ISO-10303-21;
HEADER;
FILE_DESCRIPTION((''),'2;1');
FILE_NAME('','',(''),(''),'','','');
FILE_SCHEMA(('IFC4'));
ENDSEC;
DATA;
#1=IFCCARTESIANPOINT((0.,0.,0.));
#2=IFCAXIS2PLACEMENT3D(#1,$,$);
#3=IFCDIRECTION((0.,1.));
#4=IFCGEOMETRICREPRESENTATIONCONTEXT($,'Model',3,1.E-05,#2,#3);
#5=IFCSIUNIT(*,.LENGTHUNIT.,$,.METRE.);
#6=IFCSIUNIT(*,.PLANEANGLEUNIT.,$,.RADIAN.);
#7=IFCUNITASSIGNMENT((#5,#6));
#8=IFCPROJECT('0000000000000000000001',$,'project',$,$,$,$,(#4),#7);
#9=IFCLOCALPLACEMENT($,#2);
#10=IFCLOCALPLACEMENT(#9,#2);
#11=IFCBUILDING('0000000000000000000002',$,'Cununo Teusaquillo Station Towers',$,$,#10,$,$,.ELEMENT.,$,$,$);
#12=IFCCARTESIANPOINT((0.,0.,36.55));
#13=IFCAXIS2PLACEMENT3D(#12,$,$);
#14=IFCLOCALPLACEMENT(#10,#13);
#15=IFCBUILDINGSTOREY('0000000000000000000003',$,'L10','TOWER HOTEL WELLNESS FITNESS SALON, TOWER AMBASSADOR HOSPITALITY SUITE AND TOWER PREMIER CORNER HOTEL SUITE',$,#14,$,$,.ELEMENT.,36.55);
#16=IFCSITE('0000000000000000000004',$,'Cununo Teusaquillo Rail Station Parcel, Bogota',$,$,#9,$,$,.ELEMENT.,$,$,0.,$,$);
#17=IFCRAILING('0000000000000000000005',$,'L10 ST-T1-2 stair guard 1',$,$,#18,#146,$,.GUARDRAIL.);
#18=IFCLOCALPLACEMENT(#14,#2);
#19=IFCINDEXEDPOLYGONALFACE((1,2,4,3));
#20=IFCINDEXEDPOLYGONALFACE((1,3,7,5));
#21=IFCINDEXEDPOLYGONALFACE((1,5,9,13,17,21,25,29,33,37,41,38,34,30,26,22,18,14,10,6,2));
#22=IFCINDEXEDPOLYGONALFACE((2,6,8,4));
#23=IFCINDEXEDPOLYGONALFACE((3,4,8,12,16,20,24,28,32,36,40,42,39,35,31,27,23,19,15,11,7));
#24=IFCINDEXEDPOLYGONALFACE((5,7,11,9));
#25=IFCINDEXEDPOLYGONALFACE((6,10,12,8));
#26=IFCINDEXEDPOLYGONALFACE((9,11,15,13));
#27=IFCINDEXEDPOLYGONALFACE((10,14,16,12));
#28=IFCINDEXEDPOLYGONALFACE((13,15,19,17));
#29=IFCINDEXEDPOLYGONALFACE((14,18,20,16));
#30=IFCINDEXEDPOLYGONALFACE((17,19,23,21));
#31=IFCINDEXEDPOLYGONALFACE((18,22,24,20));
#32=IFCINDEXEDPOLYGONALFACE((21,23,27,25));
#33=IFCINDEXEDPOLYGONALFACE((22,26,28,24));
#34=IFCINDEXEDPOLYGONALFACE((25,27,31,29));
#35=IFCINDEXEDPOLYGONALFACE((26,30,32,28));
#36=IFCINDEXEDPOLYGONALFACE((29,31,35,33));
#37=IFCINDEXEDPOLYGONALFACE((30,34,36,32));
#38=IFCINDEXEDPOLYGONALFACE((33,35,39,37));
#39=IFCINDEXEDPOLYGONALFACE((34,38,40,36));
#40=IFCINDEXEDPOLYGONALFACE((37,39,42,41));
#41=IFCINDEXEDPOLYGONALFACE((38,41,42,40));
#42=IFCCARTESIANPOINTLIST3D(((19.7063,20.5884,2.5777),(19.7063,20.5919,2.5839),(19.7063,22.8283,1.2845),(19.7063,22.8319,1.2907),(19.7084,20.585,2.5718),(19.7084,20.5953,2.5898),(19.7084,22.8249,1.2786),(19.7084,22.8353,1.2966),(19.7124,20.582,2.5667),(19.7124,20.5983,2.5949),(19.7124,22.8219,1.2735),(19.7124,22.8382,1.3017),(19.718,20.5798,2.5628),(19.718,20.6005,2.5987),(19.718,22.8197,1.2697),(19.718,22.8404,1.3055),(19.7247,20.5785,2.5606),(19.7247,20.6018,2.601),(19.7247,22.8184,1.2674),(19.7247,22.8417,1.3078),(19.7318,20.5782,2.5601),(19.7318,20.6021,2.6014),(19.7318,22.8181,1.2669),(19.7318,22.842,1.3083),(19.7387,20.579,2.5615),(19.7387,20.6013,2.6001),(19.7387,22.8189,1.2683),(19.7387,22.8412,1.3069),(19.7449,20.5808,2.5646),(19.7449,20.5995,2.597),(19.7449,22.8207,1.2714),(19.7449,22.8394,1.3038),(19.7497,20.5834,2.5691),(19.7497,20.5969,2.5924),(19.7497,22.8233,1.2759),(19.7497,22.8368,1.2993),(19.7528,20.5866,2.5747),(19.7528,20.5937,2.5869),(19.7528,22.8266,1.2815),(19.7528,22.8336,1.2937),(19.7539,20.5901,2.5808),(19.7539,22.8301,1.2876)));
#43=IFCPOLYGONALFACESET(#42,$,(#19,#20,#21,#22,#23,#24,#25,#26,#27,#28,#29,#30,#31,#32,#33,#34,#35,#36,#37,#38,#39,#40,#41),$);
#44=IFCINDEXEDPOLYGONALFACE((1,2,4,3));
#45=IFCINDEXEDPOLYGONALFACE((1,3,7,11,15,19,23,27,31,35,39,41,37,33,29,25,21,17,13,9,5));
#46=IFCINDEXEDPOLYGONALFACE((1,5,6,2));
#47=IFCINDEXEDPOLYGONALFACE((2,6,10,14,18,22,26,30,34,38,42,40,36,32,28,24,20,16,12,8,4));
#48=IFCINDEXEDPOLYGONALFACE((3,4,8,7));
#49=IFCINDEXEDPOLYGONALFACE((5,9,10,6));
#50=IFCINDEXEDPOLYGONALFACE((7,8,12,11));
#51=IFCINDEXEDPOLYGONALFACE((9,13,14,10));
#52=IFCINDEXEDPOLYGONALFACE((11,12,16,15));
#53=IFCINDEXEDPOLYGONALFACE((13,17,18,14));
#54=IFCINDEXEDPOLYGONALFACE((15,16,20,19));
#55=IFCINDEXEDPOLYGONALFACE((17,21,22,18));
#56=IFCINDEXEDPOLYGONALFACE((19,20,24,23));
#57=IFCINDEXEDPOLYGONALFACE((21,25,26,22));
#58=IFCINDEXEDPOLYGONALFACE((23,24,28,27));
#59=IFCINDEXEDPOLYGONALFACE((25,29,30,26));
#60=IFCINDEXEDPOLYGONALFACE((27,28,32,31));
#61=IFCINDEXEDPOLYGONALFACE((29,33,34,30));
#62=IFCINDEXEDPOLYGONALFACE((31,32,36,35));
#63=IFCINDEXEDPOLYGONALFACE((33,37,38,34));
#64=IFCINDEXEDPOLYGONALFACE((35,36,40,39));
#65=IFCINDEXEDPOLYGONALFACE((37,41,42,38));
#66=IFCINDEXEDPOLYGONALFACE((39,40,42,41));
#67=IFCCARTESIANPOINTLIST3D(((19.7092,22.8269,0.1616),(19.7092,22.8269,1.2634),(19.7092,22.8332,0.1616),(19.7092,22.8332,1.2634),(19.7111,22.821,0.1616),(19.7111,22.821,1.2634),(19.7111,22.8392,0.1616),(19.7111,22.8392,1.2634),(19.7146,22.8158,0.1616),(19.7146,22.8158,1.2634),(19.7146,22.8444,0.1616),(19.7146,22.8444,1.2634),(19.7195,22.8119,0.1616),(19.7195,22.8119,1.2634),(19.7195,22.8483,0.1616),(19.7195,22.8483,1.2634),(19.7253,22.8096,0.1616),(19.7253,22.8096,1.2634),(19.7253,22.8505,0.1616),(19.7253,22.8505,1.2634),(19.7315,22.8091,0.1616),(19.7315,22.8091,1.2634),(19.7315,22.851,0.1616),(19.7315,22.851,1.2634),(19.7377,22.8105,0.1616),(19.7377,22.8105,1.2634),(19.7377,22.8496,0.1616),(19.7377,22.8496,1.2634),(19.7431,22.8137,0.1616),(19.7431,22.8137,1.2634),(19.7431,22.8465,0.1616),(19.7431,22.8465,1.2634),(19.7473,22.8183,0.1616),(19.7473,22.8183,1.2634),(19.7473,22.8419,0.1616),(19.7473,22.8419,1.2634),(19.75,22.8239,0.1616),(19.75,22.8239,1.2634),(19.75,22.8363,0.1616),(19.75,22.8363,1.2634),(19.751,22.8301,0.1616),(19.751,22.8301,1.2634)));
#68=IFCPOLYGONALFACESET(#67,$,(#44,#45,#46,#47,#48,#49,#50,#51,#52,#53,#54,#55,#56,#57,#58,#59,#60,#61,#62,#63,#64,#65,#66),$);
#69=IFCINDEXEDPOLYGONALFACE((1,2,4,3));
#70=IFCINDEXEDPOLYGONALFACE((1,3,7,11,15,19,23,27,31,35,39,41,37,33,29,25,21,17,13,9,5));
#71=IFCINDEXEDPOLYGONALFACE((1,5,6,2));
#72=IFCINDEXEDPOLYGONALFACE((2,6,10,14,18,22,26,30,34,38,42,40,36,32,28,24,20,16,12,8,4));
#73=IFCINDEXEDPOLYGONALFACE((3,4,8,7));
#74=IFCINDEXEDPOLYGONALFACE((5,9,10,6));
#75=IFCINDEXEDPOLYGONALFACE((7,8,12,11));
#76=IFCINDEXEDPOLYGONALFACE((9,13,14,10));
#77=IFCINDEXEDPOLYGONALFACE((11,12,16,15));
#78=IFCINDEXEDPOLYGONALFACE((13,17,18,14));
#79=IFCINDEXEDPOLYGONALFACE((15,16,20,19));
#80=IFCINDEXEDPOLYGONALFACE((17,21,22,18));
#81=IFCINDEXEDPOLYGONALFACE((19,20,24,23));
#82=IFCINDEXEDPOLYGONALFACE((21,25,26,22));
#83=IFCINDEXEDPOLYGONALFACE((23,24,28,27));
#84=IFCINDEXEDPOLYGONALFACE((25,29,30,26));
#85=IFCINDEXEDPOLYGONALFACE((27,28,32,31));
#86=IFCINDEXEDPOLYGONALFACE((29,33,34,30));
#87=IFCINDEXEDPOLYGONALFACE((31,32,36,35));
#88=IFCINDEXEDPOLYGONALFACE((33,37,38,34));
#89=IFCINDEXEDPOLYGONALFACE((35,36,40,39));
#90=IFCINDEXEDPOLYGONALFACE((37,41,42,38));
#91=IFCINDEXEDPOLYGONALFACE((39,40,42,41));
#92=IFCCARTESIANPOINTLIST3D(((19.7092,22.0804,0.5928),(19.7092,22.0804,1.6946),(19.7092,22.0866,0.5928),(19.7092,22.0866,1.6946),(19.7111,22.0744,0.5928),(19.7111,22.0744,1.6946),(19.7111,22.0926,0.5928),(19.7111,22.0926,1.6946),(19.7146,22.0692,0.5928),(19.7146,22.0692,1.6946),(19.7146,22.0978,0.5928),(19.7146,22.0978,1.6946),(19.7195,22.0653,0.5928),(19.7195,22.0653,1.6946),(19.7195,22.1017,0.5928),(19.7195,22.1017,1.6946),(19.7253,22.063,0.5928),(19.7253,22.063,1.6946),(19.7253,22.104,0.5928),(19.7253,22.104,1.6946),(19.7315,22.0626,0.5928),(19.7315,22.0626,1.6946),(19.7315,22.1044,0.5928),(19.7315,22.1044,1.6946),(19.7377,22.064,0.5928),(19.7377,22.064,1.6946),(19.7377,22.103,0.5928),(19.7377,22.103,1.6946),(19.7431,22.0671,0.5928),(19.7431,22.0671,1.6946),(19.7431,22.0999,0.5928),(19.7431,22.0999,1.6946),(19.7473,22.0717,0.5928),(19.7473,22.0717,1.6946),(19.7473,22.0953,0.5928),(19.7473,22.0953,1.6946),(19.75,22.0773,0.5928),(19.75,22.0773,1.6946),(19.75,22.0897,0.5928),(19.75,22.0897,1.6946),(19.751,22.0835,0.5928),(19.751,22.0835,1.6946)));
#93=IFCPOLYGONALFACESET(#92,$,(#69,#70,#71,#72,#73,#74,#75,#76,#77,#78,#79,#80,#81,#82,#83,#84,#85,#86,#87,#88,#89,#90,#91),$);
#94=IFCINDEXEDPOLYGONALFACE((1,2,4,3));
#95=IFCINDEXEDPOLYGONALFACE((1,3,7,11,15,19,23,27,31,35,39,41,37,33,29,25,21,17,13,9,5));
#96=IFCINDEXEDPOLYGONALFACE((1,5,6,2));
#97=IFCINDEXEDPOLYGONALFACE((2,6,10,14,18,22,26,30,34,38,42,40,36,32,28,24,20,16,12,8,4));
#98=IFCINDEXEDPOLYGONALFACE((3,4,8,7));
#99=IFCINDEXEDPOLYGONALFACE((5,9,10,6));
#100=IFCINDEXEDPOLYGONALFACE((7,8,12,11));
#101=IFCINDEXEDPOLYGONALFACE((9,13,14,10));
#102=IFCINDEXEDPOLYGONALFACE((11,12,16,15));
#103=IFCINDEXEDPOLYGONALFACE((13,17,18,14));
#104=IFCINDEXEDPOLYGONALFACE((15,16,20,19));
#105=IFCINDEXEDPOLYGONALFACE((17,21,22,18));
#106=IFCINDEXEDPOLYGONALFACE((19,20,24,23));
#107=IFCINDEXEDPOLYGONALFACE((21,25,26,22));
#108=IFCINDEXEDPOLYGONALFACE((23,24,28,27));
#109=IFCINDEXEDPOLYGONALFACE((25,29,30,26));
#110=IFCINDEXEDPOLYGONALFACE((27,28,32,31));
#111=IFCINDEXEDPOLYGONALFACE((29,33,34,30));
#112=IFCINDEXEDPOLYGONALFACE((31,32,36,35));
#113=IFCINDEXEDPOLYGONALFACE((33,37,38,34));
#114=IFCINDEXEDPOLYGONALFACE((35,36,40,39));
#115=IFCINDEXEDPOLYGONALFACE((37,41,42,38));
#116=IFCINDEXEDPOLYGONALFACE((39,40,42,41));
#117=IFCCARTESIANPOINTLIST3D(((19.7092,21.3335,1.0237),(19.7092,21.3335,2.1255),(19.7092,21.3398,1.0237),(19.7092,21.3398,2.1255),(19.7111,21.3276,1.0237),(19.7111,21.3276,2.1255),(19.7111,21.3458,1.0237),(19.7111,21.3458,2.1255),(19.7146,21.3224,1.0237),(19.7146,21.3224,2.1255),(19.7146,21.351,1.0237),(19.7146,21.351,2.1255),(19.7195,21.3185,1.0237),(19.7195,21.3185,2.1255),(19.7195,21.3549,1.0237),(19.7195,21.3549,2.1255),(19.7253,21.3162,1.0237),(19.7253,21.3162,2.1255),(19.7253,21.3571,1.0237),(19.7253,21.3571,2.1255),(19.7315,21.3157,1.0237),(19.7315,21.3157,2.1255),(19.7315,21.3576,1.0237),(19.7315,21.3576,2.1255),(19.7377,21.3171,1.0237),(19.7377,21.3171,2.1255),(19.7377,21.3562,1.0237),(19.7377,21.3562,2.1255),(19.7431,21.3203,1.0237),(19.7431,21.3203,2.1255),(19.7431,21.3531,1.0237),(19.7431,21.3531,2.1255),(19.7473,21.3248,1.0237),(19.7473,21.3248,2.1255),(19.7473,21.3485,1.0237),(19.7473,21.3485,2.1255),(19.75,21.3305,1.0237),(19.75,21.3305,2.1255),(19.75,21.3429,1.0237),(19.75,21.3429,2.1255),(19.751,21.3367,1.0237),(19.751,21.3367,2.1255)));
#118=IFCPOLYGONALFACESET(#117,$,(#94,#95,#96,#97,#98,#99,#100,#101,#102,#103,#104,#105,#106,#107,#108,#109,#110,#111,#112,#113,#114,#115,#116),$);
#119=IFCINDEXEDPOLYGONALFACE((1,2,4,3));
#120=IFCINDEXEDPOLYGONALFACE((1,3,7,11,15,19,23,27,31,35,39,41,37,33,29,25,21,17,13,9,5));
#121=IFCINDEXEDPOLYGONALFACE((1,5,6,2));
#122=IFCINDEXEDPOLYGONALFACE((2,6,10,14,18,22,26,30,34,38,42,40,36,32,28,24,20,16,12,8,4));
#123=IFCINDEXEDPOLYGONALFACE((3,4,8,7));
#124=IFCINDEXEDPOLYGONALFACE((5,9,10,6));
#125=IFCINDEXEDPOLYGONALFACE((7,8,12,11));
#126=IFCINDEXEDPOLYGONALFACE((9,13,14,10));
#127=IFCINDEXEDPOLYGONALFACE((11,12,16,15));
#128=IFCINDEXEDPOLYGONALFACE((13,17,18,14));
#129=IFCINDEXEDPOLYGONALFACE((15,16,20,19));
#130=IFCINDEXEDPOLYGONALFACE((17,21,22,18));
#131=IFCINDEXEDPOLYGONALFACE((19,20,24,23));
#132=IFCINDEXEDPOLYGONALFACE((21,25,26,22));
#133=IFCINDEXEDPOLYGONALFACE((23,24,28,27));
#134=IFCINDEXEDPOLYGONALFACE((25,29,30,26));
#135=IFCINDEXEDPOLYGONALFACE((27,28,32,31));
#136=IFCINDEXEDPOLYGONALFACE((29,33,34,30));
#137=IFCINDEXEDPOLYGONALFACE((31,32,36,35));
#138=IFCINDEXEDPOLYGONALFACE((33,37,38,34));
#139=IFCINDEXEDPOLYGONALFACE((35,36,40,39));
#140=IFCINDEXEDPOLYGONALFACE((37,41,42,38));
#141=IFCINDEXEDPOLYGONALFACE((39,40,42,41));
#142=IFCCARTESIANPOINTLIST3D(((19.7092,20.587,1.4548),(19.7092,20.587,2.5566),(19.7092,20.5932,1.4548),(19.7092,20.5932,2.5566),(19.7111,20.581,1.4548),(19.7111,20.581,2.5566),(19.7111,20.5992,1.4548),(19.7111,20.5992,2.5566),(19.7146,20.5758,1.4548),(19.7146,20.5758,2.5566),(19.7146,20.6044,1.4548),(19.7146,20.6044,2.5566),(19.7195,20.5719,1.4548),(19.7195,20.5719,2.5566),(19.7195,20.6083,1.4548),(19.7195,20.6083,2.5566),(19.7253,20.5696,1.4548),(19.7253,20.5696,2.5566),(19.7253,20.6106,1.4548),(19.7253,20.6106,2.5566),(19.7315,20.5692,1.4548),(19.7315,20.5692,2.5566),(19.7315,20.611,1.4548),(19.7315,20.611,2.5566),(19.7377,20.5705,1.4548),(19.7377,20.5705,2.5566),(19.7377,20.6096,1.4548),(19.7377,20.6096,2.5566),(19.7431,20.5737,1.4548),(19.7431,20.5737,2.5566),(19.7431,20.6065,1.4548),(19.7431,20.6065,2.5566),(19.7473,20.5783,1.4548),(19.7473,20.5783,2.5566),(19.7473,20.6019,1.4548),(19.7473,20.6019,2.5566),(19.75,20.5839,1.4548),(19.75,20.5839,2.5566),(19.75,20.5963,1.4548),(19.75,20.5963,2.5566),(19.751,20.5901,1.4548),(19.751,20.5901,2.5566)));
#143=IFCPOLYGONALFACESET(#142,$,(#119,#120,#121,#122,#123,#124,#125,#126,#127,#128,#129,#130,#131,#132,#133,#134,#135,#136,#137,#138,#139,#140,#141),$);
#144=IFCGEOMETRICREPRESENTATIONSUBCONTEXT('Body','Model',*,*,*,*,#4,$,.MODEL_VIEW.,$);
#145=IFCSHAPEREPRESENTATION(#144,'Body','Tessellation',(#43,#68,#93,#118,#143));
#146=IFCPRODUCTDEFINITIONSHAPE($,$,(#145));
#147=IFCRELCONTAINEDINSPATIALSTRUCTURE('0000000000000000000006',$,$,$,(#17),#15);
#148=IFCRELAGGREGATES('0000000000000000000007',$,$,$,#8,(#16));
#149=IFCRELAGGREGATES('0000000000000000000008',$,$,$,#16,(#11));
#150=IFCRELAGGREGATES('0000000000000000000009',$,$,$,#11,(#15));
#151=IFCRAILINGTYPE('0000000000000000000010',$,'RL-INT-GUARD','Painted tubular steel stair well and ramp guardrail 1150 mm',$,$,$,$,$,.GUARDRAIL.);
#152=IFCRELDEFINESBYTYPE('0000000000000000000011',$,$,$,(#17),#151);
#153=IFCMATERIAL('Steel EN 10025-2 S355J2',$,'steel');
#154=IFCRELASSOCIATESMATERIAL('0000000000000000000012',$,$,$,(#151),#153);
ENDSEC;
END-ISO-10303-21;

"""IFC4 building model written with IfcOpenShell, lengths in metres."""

from ifc_helpers import new_model, si_unit, direction, frame, origin, origin_2d, place, context, subcontext, project, spatial, circle, extrude, material, type_object, element, save


model = new_model("IFC4")

# Units and contexts
model_context = context("Model", 3, precision=1e-05, world=origin(), true_north=direction((0.0, 1.0)))
body_context = subcontext(model_context, "Body", "Model", "MODEL_VIEW")
ifc_project = project(units=[si_unit("LENGTHUNIT", "METRE"), si_unit("PLANEANGLEUNIT", "RADIAN")], contexts=[model_context])

# Site, building, storey
site_placement = place(None, origin())
site = spatial("IfcSite", under=ifc_project, at=site_placement, Name="Cununo Teusaquillo Rail Station Parcel, Bogota", CompositionType="ELEMENT", RefElevation=0.0)
building_placement = place(site_placement, origin())
building = spatial("IfcBuilding", under=site, at=building_placement, Name="Cununo Teusaquillo Station Towers", CompositionType="ELEMENT")
storey_placement = place(building_placement, frame((0.0, 0.0, 36.55)))
storey = spatial("IfcBuildingStorey", under=building, at=storey_placement, Name="L10", Description="TOWER HOTEL WELLNESS FITNESS SALON, TOWER AMBASSADOR HOSPITALITY SUITE AND TOWER PREMIER CORNER HOTEL SUITE", CompositionType="ELEMENT", Elevation=36.55)

# Railing
ifc_material_1 = material(Name="Steel EN 10025-2 S355J2", Category="steel")
railing_type_1 = type_object("IfcRailingType", Name="RL-INT-GUARD", Description="Painted tubular steel stair well and ramp guardrail 1150 mm", PredefinedType="GUARDRAIL", material=ifc_material_1)
railing_1_placement = place(storey_placement, frame((19.73, 22.8301, 0.1616)))
element("IfcRailing", 1, at=railing_1_placement, inside=storey, type_object=railing_type_1, Name="L10 ST-T1-2 stair guard 1", PredefinedType="GUARDRAIL", context=body_context, shape_type="SweptSolid", body=[
    extrude(circle(Radius=0.0239, at=origin_2d()), frame((0.0, 0.0, 1.126), z_axis=(0.0, -0.866033, 0.499987), x_axis=(1.0, 0.0, 0.0)), (0.0, 0.0, 1.0), 2.5864),
    extrude(circle(Radius=0.021, at=origin_2d()), origin(), (0.0, 0.0, 1.0), 1.1018),
    extrude(circle(Radius=0.021, at=origin_2d()), frame((0.0, -0.7466, 0.4312)), (0.0, 0.0, 1.0), 1.1018),
    extrude(circle(Radius=0.021, at=origin_2d()), frame((0.0, -1.4934, 0.8621)), (0.0, 0.0, 1.0), 1.1018),
    extrude(circle(Radius=0.021, at=origin_2d()), frame((0.0, -2.24, 1.2932)), (0.0, 0.0, 1.0), 1.1018),
])

save(model, "model.ifc")
